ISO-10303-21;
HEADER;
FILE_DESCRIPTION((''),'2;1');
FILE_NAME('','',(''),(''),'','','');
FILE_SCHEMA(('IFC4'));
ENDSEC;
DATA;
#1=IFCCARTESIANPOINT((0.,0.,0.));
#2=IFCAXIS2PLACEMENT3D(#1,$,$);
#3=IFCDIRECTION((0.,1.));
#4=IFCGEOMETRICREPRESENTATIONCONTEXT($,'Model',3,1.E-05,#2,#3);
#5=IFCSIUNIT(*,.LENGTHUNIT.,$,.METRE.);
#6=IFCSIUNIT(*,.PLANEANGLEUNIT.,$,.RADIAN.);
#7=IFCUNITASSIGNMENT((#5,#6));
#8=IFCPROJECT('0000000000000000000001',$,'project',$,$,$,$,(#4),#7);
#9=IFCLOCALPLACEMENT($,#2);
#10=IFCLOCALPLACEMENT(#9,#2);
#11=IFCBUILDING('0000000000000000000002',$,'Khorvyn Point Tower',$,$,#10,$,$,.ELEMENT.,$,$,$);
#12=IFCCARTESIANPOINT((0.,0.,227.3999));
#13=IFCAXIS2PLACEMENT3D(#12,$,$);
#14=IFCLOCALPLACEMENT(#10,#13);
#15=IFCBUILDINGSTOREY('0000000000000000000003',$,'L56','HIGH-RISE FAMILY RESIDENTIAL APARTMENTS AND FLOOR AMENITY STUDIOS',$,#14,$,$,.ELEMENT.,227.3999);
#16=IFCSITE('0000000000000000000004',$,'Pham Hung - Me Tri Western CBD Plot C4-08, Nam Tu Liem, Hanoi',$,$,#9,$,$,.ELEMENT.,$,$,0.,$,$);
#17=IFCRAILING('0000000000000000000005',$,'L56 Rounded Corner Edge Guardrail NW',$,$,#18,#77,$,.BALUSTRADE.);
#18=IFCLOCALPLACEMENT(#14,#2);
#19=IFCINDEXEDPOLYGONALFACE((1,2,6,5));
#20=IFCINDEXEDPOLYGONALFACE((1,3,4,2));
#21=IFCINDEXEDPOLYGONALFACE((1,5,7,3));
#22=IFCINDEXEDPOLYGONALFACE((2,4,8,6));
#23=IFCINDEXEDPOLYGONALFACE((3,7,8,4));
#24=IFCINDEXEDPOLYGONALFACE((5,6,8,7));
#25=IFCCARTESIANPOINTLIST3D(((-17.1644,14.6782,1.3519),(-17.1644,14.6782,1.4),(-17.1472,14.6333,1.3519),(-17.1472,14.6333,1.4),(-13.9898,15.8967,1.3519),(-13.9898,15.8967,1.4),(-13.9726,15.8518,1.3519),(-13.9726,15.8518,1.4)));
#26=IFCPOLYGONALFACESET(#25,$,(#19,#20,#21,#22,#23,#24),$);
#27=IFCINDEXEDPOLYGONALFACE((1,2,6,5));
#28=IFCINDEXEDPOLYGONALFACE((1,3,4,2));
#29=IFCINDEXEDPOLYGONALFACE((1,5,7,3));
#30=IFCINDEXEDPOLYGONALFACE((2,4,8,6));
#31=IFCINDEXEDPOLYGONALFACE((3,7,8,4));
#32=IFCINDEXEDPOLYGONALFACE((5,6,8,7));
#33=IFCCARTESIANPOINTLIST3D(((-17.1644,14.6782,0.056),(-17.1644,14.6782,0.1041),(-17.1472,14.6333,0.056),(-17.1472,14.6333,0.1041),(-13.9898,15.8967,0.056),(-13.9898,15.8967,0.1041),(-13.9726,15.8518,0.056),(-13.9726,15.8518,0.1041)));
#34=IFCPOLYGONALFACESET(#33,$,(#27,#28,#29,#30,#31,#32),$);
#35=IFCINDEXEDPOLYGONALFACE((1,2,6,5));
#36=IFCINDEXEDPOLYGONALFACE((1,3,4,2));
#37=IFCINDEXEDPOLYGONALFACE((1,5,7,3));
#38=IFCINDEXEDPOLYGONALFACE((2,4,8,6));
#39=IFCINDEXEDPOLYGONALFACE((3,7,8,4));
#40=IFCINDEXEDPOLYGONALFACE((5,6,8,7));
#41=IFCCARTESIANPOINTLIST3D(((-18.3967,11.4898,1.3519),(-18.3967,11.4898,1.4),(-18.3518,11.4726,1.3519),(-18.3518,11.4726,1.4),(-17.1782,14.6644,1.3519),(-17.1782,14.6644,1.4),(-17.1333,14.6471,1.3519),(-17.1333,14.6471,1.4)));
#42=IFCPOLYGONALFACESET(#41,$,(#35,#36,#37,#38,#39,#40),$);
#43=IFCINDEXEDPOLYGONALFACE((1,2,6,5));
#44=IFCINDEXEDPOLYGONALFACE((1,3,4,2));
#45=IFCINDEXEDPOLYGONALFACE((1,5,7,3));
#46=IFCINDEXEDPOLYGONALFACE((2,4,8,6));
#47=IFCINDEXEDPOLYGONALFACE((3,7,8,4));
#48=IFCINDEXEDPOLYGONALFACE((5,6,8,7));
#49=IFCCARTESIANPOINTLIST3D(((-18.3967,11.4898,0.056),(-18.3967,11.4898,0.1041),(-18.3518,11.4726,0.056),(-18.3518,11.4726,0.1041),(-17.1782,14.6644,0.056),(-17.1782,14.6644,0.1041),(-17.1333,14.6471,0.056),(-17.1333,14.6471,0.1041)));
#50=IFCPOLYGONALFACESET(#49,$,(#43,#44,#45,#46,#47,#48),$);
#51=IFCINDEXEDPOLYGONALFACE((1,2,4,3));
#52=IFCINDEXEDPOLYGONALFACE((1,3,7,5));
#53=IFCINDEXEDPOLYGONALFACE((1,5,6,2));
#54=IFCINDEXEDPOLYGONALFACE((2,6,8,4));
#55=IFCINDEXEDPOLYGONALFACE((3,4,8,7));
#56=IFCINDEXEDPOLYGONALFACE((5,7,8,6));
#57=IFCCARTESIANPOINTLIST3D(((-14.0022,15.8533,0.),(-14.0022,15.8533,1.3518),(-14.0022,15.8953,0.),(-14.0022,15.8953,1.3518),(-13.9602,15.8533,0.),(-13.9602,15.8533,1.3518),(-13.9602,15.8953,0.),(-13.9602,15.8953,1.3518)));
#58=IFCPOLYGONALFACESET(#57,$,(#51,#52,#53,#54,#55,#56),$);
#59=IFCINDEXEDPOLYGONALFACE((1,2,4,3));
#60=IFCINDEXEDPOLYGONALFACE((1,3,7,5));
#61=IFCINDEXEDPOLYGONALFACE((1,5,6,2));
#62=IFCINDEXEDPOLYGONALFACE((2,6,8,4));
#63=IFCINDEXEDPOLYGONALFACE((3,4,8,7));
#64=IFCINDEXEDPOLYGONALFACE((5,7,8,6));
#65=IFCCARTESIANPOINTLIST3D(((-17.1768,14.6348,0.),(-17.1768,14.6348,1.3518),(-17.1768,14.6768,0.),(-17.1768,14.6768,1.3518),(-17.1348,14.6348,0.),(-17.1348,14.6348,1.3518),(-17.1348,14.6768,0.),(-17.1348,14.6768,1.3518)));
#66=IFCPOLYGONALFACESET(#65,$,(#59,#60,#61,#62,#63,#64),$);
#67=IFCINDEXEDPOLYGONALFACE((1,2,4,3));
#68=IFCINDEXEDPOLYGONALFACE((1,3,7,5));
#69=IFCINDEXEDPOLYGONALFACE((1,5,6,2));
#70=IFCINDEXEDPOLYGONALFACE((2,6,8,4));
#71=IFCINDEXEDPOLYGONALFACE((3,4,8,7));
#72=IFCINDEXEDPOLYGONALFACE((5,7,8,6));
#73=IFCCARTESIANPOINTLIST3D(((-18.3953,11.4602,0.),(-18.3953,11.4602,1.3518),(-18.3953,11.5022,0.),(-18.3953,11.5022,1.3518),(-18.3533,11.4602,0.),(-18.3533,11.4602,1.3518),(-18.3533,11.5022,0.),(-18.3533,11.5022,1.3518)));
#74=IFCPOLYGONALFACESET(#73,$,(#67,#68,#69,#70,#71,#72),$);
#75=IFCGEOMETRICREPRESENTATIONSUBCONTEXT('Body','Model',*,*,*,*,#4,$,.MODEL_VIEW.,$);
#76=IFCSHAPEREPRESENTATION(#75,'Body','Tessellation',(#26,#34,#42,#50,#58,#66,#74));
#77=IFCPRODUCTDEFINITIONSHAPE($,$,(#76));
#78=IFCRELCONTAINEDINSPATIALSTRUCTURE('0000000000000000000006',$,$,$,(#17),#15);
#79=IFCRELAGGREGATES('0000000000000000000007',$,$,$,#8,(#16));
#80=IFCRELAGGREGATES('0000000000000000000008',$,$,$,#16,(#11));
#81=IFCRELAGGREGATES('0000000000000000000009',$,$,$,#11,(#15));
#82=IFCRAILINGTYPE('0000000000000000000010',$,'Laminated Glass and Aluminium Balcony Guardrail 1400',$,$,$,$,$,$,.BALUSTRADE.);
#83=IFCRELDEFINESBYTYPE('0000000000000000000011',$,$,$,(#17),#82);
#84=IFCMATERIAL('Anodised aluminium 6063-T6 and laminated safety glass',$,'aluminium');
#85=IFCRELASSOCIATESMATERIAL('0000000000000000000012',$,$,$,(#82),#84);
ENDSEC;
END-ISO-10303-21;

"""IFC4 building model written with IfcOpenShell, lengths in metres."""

from ifc_helpers import new_model, si_unit, direction, frame, origin, origin_2d, place, context, subcontext, project, spatial, rectangle, extrude, material, type_object, element, save


model = new_model("IFC4")

# Units and contexts
model_context = context("Model", 3, precision=1e-05, world=origin(), true_north=direction((0.0, 1.0)))
body_context = subcontext(model_context, "Body", "Model", "MODEL_VIEW")
ifc_project = project(units=[si_unit("LENGTHUNIT", "METRE"), si_unit("PLANEANGLEUNIT", "RADIAN")], contexts=[model_context])

# Site, building, storey
site_placement = place(None, origin())
site = spatial("IfcSite", under=ifc_project, at=site_placement, Name="Pham Hung - Me Tri Western CBD Plot C4-08, Nam Tu Liem, Hanoi", CompositionType="ELEMENT", RefElevation=0.0)
building_placement = place(site_placement, origin())
building = spatial("IfcBuilding", under=site, at=building_placement, Name="Khorvyn Point Tower", CompositionType="ELEMENT")
storey_placement = place(building_placement, frame((0.0, 0.0, 227.3999)))
storey = spatial("IfcBuildingStorey", under=building, at=storey_placement, Name="L56", Description="HIGH-RISE FAMILY RESIDENTIAL APARTMENTS AND FLOOR AMENITY STUDIOS", CompositionType="ELEMENT", Elevation=227.3999)

# Railing
ifc_material_1 = material(Name="Anodised aluminium 6063-T6 and laminated safety glass", Category="aluminium")
railing_type = type_object("IfcRailingType", Name="Laminated Glass and Aluminium Balcony Guardrail 1400", PredefinedType="BALUSTRADE", material=ifc_material_1)
railing_1_placement = place(storey_placement, frame((-13.9812, 15.8743, 0.0)))
element("IfcRailing", 1, at=railing_1_placement, inside=storey, type_object=railing_type, Name="L56 Rounded Corner Edge Guardrail NW", PredefinedType="BALUSTRADE", context=body_context, shape_type="SweptSolid", body=[
    extrude(rectangle(XDim=0.0481, YDim=0.0481, at=origin_2d()), frame((0.0, 0.0, 1.376), z_axis=(-0.93359, -0.358344, 0.0), x_axis=(0.358344, -0.93359, 0.0)), (0.0, 0.0, 1.0), 3.4004),
    extrude(rectangle(XDim=0.0481, YDim=0.0481, at=origin_2d()), frame((0.0, 0.0, 0.0801), z_axis=(-0.93359, -0.358344, 0.0), x_axis=(0.358344, -0.93359, 0.0)), (0.0, 0.0, 1.0), 3.4004),
    extrude(rectangle(XDim=0.0481, YDim=0.0481, at=origin_2d()), frame((-3.1746, -1.2185, 1.376), z_axis=(-0.358344, -0.93359, 0.0), x_axis=(0.93359, -0.358344, 0.0)), (0.0, 0.0, 1.0), 3.4004),
    extrude(rectangle(XDim=0.0481, YDim=0.0481, at=origin_2d()), frame((-3.1746, -1.2185, 0.0801), z_axis=(-0.358344, -0.93359, 0.0), x_axis=(0.93359, -0.358344, 0.0)), (0.0, 0.0, 1.0), 3.4004),
    extrude(rectangle(XDim=0.042, YDim=0.042, at=origin_2d()), origin(), (0.0, 0.0, 1.0), 1.3518),
    extrude(rectangle(XDim=0.042, YDim=0.042, at=origin_2d()), frame((-3.1746, -1.2185, 0.0)), (0.0, 0.0, 1.0), 1.3518),
    extrude(rectangle(XDim=0.042, YDim=0.042, at=origin_2d()), frame((-4.3931, -4.3931, 0.0)), (0.0, 0.0, 1.0), 1.3518),
])

save(model, "model.ifc")
